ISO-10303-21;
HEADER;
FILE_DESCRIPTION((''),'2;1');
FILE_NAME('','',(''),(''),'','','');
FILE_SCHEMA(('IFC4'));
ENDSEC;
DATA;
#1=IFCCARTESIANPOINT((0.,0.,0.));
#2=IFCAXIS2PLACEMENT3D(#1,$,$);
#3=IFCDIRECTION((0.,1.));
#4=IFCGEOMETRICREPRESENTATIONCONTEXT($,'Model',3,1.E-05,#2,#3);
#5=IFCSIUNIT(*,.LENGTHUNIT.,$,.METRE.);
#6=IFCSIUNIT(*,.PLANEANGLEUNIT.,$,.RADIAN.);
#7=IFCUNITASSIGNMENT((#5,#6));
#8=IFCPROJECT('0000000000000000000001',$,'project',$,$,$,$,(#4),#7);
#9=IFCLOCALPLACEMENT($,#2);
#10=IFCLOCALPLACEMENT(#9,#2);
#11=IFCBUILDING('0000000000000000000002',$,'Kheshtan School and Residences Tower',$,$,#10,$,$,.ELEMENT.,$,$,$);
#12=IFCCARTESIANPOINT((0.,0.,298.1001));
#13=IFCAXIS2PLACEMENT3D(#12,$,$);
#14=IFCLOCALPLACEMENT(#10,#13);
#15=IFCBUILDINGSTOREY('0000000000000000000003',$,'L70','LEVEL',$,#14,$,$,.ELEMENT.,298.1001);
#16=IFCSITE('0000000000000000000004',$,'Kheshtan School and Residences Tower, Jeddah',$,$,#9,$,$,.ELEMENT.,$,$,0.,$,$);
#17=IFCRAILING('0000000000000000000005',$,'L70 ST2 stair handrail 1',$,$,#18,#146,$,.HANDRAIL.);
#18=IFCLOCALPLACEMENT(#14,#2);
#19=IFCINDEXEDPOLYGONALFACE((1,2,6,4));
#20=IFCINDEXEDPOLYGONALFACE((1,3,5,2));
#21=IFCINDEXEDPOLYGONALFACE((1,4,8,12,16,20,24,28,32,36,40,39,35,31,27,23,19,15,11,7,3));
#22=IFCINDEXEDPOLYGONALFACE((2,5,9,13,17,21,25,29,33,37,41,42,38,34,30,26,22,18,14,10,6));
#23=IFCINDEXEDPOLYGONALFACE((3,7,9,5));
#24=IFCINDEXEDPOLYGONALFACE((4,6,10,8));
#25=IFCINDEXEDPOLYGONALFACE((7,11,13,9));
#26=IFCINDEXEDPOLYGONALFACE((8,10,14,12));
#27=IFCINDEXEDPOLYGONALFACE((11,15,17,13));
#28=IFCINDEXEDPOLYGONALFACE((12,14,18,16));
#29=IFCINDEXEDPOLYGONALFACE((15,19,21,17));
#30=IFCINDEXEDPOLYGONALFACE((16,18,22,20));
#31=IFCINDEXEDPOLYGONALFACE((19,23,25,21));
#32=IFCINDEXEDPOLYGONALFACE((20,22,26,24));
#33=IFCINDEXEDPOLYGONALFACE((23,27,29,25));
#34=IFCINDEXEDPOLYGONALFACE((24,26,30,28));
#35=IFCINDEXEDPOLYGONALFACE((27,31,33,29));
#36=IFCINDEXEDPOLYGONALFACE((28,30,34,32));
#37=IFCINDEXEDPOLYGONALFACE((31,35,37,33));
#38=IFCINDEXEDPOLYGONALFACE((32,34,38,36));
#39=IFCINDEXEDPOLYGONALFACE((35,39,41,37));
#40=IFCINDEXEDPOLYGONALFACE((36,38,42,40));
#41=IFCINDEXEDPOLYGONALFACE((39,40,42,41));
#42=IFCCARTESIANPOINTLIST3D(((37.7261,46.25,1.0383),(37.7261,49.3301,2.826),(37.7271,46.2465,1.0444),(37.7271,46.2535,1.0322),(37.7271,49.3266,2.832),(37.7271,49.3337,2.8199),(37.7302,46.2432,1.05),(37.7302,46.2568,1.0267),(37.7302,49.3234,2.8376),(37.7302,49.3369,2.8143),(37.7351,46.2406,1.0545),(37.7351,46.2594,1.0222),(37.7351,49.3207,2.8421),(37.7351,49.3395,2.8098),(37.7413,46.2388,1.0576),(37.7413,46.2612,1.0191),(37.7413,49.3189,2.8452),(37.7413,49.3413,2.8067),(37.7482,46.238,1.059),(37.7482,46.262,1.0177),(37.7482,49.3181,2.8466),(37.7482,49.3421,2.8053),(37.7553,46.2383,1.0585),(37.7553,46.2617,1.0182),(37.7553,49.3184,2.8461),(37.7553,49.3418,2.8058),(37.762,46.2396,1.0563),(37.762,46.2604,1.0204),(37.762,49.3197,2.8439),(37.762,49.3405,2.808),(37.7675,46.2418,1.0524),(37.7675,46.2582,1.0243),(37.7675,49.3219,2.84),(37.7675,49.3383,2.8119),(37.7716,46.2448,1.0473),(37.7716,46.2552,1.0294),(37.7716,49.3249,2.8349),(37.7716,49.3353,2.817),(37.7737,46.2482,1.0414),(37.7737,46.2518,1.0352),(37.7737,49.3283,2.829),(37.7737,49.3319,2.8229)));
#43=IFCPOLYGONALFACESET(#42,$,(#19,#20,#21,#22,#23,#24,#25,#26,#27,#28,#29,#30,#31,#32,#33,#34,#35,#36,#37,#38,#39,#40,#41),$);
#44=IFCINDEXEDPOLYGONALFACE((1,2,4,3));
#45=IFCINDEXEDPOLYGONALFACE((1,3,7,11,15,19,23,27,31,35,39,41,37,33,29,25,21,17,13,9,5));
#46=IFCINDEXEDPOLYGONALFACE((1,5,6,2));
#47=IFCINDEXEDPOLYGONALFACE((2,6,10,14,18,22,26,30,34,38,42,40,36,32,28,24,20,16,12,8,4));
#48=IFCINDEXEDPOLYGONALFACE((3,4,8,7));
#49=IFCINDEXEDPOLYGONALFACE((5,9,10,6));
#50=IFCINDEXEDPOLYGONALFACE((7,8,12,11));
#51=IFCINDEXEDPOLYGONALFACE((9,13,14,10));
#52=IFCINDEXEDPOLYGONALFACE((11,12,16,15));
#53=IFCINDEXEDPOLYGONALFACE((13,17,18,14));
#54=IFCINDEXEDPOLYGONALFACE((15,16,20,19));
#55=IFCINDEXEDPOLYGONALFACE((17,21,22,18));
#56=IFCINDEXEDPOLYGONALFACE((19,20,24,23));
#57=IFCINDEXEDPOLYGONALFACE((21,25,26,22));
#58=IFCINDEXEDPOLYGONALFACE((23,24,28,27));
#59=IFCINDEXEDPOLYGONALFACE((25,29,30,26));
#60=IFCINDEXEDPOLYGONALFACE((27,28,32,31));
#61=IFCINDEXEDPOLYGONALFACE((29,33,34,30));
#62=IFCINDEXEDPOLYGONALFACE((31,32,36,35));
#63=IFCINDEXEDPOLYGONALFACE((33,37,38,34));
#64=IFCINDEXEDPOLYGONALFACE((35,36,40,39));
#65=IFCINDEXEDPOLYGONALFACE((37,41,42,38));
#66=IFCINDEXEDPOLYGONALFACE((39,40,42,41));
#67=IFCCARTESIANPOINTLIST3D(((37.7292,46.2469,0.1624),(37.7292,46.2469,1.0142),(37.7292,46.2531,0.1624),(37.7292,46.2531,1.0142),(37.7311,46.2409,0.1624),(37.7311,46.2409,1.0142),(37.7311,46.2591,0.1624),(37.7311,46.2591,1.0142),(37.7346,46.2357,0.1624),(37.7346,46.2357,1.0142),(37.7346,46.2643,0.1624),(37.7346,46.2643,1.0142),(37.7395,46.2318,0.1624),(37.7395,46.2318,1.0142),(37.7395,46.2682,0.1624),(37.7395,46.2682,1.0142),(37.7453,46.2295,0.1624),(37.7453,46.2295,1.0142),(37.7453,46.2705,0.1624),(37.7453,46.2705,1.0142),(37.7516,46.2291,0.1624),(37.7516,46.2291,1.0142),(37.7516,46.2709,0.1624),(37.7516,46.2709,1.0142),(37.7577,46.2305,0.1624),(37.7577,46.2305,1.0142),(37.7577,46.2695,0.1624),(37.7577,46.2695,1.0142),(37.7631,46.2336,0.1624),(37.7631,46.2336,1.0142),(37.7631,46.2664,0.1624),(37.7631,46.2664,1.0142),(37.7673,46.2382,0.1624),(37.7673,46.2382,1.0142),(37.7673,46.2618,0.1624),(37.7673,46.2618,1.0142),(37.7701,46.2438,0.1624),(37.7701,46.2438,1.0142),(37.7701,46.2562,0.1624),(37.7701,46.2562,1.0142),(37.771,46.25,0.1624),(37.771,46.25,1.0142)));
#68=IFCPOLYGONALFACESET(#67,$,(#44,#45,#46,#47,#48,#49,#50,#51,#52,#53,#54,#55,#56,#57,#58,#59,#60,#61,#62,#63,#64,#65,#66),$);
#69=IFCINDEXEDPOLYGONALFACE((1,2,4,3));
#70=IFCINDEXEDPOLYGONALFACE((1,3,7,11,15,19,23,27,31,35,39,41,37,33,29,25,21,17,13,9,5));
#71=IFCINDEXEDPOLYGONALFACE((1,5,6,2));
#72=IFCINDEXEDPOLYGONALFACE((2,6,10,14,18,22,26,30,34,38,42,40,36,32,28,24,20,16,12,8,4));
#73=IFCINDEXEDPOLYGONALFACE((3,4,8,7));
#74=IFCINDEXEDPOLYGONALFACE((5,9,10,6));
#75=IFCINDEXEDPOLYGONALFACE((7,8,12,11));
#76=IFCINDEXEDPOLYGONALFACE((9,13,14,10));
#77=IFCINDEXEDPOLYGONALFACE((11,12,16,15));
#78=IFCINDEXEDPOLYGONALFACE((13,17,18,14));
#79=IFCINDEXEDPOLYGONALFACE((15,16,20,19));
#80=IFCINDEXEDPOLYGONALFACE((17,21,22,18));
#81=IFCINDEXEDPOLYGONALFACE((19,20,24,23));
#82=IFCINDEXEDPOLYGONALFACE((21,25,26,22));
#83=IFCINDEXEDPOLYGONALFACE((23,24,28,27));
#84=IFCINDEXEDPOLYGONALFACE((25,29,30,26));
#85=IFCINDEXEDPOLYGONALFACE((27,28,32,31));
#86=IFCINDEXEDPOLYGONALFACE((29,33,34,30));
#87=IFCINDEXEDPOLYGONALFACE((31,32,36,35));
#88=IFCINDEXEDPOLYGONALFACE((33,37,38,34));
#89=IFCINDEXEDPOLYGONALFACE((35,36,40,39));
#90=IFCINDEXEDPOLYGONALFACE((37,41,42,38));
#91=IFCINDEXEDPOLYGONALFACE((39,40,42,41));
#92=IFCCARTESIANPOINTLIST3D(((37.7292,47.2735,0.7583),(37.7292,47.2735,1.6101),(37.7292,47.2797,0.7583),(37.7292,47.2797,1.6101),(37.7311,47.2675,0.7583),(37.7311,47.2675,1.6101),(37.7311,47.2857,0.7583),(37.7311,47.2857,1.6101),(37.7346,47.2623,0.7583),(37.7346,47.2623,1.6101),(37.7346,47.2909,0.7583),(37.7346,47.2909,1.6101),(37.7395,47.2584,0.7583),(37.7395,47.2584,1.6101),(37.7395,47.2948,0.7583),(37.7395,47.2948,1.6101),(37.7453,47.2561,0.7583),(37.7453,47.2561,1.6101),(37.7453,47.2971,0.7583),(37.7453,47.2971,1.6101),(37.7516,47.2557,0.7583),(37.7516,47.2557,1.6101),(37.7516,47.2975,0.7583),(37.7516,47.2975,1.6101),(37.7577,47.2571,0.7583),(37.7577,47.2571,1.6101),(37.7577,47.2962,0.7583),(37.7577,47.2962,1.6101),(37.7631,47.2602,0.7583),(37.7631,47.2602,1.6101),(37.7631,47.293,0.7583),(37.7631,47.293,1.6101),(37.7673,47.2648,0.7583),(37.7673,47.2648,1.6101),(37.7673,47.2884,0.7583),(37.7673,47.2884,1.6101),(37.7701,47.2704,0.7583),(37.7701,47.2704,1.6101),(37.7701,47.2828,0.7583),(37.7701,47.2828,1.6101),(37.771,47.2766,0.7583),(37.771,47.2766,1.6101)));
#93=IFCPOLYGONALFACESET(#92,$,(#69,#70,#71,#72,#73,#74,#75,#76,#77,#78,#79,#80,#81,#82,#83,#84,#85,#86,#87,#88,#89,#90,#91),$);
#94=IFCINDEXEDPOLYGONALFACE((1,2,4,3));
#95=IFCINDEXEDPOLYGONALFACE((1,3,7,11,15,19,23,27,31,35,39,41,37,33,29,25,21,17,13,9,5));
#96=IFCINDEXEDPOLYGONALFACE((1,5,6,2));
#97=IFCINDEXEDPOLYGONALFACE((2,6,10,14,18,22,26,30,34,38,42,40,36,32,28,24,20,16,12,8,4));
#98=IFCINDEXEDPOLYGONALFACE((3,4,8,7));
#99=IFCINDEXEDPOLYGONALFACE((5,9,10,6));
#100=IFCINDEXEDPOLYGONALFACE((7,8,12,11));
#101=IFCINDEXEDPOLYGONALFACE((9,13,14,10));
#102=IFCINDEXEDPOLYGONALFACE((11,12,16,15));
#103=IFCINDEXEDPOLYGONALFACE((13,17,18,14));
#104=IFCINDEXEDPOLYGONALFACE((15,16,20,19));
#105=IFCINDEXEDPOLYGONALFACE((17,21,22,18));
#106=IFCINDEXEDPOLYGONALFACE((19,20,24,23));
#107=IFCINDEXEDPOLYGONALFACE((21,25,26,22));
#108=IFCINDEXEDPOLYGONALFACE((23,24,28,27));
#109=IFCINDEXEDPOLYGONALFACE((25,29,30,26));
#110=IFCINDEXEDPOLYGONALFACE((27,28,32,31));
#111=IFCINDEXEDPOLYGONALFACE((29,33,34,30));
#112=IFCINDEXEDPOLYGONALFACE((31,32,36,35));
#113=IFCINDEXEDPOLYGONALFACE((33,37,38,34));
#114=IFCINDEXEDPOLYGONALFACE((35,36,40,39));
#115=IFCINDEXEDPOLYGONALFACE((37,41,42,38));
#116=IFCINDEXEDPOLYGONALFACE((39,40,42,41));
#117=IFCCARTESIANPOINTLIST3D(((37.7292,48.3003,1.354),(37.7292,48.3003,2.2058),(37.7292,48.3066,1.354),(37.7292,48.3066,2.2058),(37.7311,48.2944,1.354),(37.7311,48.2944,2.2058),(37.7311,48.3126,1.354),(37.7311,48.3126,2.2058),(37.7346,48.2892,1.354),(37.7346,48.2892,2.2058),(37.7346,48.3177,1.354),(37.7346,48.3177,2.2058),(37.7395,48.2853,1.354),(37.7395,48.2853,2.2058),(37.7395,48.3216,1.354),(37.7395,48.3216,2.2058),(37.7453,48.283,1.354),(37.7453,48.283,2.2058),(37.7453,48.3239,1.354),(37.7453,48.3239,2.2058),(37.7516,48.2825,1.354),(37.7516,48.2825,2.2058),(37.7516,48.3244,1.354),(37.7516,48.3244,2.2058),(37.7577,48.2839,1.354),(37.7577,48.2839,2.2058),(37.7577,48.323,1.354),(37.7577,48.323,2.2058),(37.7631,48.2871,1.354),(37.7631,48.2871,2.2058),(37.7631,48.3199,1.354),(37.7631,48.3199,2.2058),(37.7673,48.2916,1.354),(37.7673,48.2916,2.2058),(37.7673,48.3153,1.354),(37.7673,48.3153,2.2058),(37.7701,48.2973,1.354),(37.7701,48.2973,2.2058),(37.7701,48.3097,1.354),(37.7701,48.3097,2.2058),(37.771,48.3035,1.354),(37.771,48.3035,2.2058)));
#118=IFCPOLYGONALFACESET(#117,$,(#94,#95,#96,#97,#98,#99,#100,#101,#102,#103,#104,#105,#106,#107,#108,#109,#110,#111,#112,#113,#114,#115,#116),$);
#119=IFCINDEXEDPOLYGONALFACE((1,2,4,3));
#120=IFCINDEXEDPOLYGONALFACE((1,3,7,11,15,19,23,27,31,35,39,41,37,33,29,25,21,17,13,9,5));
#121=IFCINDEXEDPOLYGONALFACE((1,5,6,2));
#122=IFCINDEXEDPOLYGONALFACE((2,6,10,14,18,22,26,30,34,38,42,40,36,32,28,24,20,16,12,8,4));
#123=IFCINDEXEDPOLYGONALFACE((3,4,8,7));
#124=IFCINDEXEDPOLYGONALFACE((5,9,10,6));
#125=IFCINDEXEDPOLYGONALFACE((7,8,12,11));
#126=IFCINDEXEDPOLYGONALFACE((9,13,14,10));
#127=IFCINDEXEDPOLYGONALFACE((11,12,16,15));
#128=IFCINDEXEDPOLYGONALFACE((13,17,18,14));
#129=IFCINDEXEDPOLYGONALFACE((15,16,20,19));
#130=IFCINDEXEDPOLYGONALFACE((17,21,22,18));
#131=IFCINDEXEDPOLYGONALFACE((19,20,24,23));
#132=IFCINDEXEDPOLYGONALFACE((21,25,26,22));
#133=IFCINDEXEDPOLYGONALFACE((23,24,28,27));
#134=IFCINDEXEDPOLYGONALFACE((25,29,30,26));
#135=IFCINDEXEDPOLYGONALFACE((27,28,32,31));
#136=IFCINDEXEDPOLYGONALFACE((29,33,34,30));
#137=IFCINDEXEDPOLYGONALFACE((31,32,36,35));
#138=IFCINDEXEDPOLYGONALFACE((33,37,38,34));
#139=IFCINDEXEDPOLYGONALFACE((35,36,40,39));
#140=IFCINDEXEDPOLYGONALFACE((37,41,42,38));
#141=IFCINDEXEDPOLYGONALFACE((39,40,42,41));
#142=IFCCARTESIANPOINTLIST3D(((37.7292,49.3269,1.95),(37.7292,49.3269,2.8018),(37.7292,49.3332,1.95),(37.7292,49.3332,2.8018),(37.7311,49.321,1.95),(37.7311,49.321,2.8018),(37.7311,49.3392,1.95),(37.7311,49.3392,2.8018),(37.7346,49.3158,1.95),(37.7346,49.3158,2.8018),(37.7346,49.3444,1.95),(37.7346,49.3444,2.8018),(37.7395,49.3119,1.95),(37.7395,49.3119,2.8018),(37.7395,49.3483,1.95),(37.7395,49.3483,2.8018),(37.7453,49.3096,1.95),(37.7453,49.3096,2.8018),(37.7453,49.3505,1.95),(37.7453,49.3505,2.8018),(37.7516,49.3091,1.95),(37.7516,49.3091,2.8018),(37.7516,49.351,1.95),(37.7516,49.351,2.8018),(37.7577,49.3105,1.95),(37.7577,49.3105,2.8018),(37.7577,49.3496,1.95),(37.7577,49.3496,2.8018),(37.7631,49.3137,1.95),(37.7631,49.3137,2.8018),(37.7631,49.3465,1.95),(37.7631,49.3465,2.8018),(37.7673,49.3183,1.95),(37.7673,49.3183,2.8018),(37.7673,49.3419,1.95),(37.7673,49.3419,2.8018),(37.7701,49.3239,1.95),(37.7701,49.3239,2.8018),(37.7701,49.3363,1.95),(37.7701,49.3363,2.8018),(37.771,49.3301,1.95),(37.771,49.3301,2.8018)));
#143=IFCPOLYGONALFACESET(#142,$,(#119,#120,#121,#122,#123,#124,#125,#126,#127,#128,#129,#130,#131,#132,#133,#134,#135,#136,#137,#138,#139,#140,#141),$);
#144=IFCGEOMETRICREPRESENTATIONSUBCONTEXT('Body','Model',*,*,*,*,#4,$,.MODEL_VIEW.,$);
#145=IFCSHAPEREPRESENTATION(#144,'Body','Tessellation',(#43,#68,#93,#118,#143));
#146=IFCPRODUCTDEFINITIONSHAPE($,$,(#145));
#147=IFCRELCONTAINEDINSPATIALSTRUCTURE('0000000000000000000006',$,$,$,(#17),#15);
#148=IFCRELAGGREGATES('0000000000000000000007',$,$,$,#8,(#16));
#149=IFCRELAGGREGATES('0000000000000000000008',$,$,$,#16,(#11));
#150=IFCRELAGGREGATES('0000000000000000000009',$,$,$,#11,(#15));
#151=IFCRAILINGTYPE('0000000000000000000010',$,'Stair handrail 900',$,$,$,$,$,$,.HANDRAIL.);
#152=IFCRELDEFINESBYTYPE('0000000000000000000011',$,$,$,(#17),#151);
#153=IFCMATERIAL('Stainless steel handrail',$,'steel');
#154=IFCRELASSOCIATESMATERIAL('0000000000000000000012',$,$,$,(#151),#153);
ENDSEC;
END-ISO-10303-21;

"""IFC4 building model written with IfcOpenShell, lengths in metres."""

from ifc_helpers import new_model, si_unit, direction, frame, origin, origin_2d, place, context, subcontext, project, spatial, circle, extrude, material, type_object, element, save


model = new_model("IFC4")

# Units and contexts
model_context = context("Model", 3, precision=1e-05, world=origin(), true_north=direction((0.0, 1.0)))
body_context = subcontext(model_context, "Body", "Model", "MODEL_VIEW")
ifc_project = project(units=[si_unit("LENGTHUNIT", "METRE"), si_unit("PLANEANGLEUNIT", "RADIAN")], contexts=[model_context])

# Site, building, storey
site_placement = place(None, origin())
site = spatial("IfcSite", under=ifc_project, at=site_placement, Name="Kheshtan School and Residences Tower, Jeddah", CompositionType="ELEMENT", RefElevation=0.0)
building_placement = place(site_placement, origin())
building = spatial("IfcBuilding", under=site, at=building_placement, Name="Kheshtan School and Residences Tower", CompositionType="ELEMENT")
storey_placement = place(building_placement, frame((0.0, 0.0, 298.1001)))
storey = spatial("IfcBuildingStorey", under=building, at=storey_placement, Name="L70", Description="LEVEL", CompositionType="ELEMENT", Elevation=298.1001)

# Railing
ifc_material_1 = material(Name="Stainless steel handrail", Category="steel")
railing_type = type_object("IfcRailingType", Name="Stair handrail 900", PredefinedType="HANDRAIL", material=ifc_material_1)
railing_1_placement = place(storey_placement, frame((37.75, 46.25, 0.1624)))
element("IfcRailing", 1, at=railing_1_placement, inside=storey, type_object=railing_type, Name="L70 ST2 stair handrail 1", PredefinedType="HANDRAIL", context=body_context, shape_type="SweptSolid", body=[
    extrude(circle(Radius=0.0239, at=origin_2d()), frame((0.0, 0.0, 0.876), z_axis=(0.0, 0.864891, 0.50196), x_axis=(-1.0, 0.0, 0.0)), (0.0, 0.0, 1.0), 3.5613),
    extrude(circle(Radius=0.021, at=origin_2d()), origin(), (0.0, 0.0, 1.0), 0.8518),
    extrude(circle(Radius=0.021, at=origin_2d()), frame((0.0, 1.0266, 0.5959)), (0.0, 0.0, 1.0), 0.8518),
    extrude(circle(Radius=0.021, at=origin_2d()), frame((0.0, 2.0535, 1.1917)), (0.0, 0.0, 1.0), 0.8518),
    extrude(circle(Radius=0.021, at=origin_2d()), frame((0.0, 3.0801, 1.7876)), (0.0, 0.0, 1.0), 0.8518),
])

save(model, "model.ifc")
